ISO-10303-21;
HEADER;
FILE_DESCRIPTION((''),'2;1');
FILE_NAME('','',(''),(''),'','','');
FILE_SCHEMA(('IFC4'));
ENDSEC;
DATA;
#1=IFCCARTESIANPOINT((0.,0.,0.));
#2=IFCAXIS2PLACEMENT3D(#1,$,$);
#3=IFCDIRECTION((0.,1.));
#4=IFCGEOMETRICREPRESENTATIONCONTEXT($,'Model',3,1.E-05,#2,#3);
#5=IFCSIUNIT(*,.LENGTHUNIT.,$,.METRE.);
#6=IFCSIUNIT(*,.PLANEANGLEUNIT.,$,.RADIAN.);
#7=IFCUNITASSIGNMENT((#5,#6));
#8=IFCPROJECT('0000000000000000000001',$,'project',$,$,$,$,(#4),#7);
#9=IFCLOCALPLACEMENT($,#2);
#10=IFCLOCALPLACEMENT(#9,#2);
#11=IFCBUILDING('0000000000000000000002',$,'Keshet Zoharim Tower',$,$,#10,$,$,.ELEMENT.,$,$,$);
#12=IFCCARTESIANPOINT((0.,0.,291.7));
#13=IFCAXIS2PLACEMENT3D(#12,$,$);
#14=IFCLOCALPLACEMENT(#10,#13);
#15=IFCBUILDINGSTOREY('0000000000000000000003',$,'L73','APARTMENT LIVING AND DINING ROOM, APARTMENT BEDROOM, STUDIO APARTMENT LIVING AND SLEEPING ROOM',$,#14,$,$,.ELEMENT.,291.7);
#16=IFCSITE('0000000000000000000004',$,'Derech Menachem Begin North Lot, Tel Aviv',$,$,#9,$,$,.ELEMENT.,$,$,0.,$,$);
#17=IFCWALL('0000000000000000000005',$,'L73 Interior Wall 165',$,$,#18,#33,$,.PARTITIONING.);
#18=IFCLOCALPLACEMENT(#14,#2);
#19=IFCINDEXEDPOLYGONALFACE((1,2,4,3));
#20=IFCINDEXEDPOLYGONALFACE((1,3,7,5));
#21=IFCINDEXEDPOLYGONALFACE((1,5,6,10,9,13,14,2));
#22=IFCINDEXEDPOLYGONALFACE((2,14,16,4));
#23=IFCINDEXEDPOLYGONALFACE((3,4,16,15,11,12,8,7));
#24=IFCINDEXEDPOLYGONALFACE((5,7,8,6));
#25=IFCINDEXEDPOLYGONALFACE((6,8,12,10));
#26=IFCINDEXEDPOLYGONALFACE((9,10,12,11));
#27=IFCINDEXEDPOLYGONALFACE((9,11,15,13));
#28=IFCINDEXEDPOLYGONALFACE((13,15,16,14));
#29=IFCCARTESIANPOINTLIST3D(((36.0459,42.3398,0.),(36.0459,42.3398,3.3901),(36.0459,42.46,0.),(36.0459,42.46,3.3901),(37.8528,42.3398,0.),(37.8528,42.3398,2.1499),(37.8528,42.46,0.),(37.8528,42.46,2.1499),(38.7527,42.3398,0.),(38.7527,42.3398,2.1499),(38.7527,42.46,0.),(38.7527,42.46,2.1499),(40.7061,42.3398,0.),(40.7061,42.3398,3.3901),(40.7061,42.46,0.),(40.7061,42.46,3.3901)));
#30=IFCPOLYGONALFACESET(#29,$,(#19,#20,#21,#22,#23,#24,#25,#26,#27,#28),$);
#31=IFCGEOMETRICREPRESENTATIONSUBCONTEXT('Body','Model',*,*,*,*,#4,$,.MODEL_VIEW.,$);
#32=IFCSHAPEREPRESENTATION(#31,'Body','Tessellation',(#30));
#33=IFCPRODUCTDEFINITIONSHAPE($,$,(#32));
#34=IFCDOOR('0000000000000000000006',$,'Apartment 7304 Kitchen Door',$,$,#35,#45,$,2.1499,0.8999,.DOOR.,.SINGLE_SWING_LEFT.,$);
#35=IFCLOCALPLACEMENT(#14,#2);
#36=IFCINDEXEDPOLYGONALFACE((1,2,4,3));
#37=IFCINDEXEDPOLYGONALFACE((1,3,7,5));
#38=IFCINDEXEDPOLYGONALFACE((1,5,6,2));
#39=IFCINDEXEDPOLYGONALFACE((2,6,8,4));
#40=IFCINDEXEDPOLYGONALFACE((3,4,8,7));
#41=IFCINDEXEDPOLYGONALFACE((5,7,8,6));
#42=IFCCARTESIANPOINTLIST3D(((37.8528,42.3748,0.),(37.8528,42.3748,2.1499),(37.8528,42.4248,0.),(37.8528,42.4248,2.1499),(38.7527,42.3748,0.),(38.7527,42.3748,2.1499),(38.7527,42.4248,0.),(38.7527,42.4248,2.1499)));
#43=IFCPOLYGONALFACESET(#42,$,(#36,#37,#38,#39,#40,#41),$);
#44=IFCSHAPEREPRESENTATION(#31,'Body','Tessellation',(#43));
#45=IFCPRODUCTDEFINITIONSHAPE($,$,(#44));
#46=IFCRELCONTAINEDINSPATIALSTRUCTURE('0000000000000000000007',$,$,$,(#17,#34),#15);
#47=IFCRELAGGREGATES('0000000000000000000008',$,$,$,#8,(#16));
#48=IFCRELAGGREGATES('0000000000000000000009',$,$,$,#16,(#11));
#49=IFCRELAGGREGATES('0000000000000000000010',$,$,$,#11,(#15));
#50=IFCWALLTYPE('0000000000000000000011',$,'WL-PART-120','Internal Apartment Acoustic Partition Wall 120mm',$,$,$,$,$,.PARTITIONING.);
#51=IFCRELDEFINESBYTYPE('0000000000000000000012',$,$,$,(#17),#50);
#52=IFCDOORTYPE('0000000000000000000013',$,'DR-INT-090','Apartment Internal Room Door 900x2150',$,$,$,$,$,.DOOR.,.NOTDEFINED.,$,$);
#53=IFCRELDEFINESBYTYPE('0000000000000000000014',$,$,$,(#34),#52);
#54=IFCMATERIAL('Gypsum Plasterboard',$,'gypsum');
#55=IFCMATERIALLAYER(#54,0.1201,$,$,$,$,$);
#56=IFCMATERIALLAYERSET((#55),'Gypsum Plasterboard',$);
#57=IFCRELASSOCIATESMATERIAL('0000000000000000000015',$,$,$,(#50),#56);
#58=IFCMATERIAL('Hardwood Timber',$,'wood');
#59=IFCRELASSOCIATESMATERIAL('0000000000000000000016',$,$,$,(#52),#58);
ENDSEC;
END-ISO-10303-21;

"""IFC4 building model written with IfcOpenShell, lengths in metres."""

from ifc_helpers import new_model, si_unit, direction, frame, frame_2d, origin, place, context, subcontext, project, spatial, rectangle, extrude, material, layer, layer_set, type_object, element, fill, save


model = new_model("IFC4")

# Units and contexts
model_context = context("Model", 3, precision=1e-05, world=origin(), true_north=direction((0.0, 1.0)))
body_context = subcontext(model_context, "Body", "Model", "MODEL_VIEW")
ifc_project = project(units=[si_unit("LENGTHUNIT", "METRE"), si_unit("PLANEANGLEUNIT", "RADIAN")], contexts=[model_context])

# Site, building, storey
site_placement = place(None, origin())
site = spatial("IfcSite", under=ifc_project, at=site_placement, Name="Derech Menachem Begin North Lot, Tel Aviv", CompositionType="ELEMENT", RefElevation=0.0)
building_placement = place(site_placement, origin())
building = spatial("IfcBuilding", under=site, at=building_placement, Name="Keshet Zoharim Tower", CompositionType="ELEMENT")
storey_placement = place(building_placement, frame((0.0, 0.0, 291.7)))
storey = spatial("IfcBuildingStorey", under=building, at=storey_placement, Name="L73", Description="APARTMENT LIVING AND DINING ROOM, APARTMENT BEDROOM, STUDIO APARTMENT LIVING AND SLEEPING ROOM", CompositionType="ELEMENT", Elevation=291.7)

# Shared definitions
ifc_material_1 = material(Name="Gypsum Plasterboard", Category="gypsum")
ifc_layer_1 = layer(ifc_material_1, 0.1201)
ifc_layer_set_1 = layer_set([ifc_layer_1], Name="Gypsum Plasterboard")
wall_type = type_object("IfcWallType", Name="WL-PART-120", Description="Internal Apartment Acoustic Partition Wall 120mm", PredefinedType="PARTITIONING", material=ifc_layer_set_1)

# Wall, opening, door
wall_1_placement = place(storey_placement, frame((36.0459, 42.3999, 0.0), z_axis=(0.0, 0.0, 1.0), x_axis=(1.0, 0.0, 0.0)))
wall_1 = element("IfcWall", 1, at=wall_1_placement, inside=storey, type_object=wall_type, Name="L73 Interior Wall 165", PredefinedType="PARTITIONING", context=body_context, shape_type="SweptSolid", body=[
    extrude(rectangle(XDim=4.6602, YDim=0.1201, at=frame_2d((2.3301, 0.0))), origin(), (0.0, 0.0, 1.0), 3.3901),
])
opening_placement = place(wall_1_placement, frame((1.8069, 0.0, 0.0)))
opening = element("IfcOpeningElement", 2, at=opening_placement, cuts=wall_1, PredefinedType="OPENING", context=body_context, shape_type="SweptSolid", body=[
    extrude(rectangle(XDim=0.8999, YDim=2.1499, at=frame_2d((0.45, 1.075))), frame((0.0, 0.0701, 0.0), z_axis=(0.0, -1.0, 0.0), x_axis=(1.0, 0.0, 0.0)), (0.0, 0.0, 1.0), 0.1401),
])
ifc_material_2 = material(Name="Hardwood Timber", Category="wood")
door_type = type_object("IfcDoorType", Name="DR-INT-090", Description="Apartment Internal Room Door 900x2150", OperationType="NOTDEFINED", PredefinedType="DOOR", material=ifc_material_2)
door_placement = place(opening_placement, origin())
door = element("IfcDoor", 3, at=door_placement, inside=storey, type_object=door_type, Name="Apartment 7304 Kitchen Door", OperationType="SINGLE_SWING_LEFT", OverallHeight=2.1499, OverallWidth=0.8999, PredefinedType="DOOR", context=body_context, shape_type="SweptSolid", body=[
    extrude(rectangle(XDim=0.8999, YDim=2.1499, at=frame_2d((0.45, 1.075))), frame((0.0, 0.0249, 0.0), z_axis=(0.0, -1.0, 0.0), x_axis=(1.0, 0.0, 0.0)), (0.0, 0.0, 1.0), 0.05),
])
fill(opening, door)

save(model, "model.ifc")
